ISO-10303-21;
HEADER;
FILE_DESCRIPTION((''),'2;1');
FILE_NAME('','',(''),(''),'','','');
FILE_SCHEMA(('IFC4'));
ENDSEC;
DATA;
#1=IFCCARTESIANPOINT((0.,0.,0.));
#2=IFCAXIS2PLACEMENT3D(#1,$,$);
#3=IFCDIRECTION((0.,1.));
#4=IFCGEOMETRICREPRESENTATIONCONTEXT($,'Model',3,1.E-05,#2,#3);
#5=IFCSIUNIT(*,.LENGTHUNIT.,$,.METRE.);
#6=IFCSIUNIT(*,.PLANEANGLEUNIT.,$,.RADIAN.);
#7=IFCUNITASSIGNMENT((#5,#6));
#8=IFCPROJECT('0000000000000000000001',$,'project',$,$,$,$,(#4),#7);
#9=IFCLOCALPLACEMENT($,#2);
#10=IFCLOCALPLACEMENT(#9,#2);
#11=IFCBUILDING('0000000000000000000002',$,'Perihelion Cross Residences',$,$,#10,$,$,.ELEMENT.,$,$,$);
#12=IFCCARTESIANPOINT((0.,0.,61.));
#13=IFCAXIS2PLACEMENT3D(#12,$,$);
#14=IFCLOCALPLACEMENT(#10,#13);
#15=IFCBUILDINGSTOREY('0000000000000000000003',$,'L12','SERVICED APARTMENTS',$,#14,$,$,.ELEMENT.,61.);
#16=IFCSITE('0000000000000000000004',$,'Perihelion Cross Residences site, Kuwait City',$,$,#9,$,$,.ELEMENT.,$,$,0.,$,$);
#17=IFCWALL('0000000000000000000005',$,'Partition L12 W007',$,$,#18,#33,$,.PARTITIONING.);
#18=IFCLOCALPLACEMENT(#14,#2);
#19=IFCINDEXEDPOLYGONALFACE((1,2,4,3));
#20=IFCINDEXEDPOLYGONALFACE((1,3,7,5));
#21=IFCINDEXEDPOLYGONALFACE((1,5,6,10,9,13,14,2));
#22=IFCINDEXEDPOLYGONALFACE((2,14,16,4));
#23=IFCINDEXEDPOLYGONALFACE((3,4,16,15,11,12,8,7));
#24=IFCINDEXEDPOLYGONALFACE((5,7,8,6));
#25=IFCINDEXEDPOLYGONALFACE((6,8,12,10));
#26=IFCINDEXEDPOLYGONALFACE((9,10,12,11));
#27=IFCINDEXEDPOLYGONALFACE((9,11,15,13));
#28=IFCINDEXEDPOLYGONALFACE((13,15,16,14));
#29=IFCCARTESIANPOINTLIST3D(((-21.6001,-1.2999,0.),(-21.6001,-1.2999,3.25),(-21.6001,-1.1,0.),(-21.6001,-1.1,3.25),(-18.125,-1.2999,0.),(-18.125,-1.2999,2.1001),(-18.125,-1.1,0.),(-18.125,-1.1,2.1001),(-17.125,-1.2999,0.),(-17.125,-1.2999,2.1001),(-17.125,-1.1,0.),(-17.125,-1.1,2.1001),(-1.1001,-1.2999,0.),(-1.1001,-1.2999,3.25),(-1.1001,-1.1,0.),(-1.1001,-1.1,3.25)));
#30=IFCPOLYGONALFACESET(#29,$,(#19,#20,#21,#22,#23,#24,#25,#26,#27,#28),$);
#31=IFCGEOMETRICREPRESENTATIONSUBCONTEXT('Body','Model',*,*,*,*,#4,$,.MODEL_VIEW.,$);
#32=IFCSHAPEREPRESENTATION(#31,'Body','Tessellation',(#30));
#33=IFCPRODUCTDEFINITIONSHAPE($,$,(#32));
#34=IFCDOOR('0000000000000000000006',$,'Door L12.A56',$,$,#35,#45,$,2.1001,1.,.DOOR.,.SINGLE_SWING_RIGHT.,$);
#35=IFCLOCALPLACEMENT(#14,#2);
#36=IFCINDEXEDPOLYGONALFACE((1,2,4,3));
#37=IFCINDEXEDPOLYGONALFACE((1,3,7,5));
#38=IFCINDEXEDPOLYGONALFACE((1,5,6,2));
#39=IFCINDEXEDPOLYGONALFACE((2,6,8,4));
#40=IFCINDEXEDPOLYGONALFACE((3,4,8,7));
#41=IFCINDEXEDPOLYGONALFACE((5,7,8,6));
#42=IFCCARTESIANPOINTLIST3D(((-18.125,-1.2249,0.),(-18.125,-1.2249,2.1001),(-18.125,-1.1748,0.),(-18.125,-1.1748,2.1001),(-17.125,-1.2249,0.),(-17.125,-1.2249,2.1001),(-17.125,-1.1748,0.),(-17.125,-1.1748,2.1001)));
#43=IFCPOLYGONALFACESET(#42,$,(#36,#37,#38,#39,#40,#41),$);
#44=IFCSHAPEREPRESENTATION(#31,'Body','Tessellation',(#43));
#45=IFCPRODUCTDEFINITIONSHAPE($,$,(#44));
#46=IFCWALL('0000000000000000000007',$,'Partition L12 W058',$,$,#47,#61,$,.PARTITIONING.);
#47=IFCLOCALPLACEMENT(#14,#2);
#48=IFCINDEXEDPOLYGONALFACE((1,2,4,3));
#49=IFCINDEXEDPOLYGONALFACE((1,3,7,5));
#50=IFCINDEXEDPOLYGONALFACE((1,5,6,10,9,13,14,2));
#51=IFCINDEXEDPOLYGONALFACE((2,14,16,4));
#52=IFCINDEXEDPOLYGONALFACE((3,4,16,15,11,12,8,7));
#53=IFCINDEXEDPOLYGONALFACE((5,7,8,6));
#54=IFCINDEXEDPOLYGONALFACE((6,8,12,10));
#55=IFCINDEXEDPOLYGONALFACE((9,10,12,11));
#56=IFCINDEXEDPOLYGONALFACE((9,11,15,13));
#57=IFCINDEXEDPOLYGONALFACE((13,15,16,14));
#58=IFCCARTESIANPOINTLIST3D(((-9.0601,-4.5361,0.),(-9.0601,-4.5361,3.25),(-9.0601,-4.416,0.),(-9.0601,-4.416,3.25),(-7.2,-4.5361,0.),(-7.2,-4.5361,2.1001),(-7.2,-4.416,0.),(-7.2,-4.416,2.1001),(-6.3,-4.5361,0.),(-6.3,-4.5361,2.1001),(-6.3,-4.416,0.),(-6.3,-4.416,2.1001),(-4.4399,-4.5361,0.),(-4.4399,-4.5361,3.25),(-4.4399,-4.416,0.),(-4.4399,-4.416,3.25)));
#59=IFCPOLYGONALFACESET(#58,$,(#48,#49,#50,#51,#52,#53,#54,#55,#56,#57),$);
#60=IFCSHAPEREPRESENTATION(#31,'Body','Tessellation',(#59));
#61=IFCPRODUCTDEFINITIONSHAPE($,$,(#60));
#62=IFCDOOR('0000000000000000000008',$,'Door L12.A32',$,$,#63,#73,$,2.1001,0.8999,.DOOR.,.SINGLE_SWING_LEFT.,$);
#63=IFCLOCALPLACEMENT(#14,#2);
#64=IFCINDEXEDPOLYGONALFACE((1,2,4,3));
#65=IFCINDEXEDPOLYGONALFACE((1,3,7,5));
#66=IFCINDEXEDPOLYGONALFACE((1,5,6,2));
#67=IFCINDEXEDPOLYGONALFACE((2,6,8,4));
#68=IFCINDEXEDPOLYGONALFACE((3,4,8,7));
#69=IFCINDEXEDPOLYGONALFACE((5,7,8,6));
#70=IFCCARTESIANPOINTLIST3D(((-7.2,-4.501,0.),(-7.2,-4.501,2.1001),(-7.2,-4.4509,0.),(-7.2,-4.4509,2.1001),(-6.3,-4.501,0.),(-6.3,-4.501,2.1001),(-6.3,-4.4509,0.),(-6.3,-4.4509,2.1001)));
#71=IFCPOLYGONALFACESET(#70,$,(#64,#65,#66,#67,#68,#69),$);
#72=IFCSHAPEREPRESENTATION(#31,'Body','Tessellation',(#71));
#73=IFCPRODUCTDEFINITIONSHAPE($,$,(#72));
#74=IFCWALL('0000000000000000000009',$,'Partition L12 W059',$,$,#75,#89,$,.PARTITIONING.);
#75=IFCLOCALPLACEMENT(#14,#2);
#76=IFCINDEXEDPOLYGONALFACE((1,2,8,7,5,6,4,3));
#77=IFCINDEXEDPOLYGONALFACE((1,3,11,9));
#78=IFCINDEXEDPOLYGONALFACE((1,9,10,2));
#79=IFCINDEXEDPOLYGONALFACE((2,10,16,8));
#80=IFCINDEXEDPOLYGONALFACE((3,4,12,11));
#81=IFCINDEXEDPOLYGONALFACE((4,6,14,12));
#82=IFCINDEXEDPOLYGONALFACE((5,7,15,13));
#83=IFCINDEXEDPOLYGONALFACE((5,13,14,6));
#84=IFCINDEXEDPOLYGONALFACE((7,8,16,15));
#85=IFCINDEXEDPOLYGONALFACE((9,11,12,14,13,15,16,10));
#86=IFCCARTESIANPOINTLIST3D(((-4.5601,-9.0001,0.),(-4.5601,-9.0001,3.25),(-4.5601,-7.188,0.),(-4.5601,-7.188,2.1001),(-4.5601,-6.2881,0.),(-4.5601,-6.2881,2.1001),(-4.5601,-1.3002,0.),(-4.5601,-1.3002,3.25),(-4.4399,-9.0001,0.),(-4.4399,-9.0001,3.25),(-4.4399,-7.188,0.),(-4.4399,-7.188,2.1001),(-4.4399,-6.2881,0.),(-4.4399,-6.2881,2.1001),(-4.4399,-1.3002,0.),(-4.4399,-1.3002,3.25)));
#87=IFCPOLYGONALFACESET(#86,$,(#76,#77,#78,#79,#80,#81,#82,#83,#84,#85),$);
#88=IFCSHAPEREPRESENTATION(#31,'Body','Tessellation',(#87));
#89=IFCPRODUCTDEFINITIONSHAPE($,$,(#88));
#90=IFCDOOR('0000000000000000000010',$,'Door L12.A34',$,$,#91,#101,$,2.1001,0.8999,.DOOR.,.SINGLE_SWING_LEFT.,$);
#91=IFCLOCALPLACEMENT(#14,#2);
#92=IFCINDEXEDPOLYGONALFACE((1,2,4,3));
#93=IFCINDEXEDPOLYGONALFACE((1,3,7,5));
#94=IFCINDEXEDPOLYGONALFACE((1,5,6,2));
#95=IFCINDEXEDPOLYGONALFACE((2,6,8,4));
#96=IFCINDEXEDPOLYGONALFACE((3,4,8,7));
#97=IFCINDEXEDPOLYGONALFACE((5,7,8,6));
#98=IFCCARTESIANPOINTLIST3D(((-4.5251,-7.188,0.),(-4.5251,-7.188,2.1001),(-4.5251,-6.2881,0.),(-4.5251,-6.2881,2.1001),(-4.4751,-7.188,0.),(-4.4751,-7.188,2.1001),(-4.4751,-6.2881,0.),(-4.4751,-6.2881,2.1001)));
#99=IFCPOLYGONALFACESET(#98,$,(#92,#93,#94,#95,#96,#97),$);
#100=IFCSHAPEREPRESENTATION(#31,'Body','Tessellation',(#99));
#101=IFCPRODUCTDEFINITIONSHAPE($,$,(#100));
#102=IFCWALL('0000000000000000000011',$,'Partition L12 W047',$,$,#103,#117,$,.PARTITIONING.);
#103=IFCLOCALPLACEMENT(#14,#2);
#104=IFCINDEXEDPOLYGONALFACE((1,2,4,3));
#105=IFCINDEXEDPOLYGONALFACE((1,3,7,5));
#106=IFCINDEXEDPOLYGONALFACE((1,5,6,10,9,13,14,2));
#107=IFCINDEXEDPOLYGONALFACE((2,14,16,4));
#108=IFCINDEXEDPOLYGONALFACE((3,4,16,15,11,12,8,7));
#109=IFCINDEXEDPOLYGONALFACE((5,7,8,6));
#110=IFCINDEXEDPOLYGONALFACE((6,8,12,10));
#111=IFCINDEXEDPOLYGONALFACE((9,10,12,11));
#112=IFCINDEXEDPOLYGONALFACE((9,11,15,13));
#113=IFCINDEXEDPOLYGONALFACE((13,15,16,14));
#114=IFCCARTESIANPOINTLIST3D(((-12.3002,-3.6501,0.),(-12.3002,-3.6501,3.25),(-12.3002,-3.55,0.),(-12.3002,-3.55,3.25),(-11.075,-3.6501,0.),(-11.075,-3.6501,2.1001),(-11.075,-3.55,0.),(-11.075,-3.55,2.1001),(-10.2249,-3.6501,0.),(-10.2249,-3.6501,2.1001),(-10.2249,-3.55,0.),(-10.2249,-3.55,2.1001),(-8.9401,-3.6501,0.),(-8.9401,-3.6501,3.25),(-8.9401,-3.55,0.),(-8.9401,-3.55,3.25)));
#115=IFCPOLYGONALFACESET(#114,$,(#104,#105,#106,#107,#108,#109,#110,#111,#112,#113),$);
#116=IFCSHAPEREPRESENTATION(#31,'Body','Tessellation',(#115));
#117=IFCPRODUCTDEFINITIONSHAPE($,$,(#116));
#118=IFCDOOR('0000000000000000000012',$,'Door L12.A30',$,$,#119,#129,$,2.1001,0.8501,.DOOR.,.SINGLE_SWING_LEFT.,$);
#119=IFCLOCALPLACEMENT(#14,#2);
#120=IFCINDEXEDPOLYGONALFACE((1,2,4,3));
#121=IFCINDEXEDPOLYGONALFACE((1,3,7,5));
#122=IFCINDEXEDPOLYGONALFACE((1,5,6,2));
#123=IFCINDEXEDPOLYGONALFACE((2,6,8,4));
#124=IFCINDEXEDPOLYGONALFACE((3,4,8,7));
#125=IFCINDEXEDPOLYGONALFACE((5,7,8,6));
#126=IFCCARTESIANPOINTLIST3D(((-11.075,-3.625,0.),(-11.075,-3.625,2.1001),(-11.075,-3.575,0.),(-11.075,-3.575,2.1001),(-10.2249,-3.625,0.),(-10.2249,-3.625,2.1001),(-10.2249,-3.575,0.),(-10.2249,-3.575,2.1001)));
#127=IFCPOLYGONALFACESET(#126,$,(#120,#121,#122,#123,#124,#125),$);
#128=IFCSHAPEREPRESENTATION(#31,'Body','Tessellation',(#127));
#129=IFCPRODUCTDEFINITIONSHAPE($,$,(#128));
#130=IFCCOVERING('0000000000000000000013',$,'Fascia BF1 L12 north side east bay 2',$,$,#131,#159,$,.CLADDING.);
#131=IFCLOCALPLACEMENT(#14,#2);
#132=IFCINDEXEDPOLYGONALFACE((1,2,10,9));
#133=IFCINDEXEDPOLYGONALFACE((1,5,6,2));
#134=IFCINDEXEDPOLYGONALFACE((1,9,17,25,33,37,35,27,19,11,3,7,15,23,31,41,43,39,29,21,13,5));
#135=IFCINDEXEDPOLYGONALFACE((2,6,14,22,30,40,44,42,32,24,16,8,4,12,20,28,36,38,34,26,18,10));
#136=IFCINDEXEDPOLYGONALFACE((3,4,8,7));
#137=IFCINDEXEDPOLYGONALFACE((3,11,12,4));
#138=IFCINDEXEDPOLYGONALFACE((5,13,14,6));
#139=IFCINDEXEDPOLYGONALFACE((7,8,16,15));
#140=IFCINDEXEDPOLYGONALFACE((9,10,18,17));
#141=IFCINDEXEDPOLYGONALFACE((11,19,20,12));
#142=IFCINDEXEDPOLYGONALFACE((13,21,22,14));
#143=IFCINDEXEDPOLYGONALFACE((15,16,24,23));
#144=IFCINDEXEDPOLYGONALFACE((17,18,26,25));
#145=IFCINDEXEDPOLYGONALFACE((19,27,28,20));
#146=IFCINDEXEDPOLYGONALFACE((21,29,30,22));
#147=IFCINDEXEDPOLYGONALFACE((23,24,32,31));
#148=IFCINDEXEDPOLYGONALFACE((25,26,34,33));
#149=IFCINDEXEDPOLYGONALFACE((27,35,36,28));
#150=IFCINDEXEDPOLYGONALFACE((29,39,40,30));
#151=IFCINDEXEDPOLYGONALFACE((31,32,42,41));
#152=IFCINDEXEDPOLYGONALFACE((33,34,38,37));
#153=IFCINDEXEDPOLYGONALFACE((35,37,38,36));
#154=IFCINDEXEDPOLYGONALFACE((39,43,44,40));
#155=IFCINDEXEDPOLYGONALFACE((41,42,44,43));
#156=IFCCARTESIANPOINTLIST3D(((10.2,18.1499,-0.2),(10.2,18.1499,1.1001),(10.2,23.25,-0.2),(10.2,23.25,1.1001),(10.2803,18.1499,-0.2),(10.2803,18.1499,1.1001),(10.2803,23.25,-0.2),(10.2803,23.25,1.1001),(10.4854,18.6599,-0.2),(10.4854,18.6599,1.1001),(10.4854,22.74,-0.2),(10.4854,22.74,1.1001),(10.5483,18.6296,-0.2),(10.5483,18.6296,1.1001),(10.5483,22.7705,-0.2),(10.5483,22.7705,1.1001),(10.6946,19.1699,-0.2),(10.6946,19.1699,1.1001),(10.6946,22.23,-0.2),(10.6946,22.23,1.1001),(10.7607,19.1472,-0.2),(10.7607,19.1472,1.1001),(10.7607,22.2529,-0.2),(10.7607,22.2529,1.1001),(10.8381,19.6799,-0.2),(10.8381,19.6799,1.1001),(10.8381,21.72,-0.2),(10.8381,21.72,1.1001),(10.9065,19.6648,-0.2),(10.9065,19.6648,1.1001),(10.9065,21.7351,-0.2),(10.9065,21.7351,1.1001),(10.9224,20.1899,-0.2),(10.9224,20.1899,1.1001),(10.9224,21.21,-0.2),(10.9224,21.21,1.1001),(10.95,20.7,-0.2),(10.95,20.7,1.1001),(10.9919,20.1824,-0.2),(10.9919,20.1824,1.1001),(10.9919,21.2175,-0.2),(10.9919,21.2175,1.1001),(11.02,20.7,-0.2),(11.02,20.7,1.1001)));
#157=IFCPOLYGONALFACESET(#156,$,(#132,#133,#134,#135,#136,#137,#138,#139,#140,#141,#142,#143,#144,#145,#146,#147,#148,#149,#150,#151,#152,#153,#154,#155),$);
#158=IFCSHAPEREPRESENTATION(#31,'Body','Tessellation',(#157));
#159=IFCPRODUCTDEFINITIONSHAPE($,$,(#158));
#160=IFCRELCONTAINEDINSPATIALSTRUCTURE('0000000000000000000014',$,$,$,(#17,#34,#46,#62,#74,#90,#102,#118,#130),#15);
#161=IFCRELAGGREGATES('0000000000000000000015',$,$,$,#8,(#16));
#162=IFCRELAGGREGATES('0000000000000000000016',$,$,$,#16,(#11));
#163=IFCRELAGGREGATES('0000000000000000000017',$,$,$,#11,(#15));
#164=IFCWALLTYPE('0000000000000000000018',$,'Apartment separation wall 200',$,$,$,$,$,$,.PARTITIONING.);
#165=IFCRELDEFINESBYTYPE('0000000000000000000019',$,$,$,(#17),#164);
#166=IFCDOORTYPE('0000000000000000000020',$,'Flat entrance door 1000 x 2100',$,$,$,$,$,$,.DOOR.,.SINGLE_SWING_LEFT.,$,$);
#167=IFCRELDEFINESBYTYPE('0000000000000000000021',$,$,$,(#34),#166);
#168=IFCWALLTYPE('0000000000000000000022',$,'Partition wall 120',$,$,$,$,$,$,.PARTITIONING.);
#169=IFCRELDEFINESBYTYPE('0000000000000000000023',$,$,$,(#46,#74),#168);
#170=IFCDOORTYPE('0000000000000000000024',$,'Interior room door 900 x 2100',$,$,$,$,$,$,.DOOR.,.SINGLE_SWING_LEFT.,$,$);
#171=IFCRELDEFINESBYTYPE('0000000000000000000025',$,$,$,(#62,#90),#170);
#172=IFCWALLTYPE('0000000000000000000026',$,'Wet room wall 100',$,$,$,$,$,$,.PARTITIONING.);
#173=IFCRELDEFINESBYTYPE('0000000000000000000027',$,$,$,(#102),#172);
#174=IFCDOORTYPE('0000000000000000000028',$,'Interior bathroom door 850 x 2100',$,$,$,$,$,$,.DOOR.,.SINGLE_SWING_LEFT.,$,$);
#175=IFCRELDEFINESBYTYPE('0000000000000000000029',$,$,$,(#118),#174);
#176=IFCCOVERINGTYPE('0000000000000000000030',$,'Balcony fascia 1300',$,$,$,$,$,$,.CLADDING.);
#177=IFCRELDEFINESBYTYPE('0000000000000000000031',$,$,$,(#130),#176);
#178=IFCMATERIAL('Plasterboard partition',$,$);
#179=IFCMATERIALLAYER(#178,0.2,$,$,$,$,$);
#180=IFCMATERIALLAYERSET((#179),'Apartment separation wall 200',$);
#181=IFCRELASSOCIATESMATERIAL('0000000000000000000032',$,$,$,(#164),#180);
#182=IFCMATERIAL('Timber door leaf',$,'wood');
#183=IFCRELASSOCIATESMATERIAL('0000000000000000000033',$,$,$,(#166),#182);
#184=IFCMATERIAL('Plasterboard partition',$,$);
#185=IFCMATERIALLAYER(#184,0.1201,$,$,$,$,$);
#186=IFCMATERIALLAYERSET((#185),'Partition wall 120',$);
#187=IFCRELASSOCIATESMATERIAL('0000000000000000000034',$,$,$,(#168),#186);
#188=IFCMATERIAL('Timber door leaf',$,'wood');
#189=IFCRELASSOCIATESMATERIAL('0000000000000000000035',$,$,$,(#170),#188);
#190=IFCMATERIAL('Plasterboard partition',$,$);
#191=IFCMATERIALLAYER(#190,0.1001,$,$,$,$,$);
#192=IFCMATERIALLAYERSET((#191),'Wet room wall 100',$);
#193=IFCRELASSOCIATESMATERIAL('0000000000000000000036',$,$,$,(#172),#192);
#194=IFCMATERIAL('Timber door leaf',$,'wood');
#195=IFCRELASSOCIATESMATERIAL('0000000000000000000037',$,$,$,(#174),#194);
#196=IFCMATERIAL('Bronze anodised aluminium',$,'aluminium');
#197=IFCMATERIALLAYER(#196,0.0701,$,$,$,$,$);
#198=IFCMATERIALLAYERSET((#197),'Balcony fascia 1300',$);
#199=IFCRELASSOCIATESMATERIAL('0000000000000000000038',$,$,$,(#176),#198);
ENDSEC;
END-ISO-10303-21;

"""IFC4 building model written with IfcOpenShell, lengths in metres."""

from ifc_helpers import new_model, si_unit, direction, frame, frame_2d, origin, place, context, subcontext, project, spatial, polyline, rectangle, outline, extrude, material, layer, layer_set, type_object, element, fill, save


model = new_model("IFC4")

# Units and contexts
model_context = context("Model", 3, precision=1e-05, world=origin(), true_north=direction((0.0, 1.0)))
body_context = subcontext(model_context, "Body", "Model", "MODEL_VIEW")
ifc_project = project(units=[si_unit("LENGTHUNIT", "METRE"), si_unit("PLANEANGLEUNIT", "RADIAN")], contexts=[model_context])

# Site, building, storey
site_placement = place(None, origin())
site = spatial("IfcSite", under=ifc_project, at=site_placement, Name="Perihelion Cross Residences site, Kuwait City", CompositionType="ELEMENT", RefElevation=0.0)
building_placement = place(site_placement, origin())
building = spatial("IfcBuilding", under=site, at=building_placement, Name="Perihelion Cross Residences", CompositionType="ELEMENT")
storey_placement = place(building_placement, frame((0.0, 0.0, 61.0)))
storey = spatial("IfcBuildingStorey", under=building, at=storey_placement, Name="L12", Description="SERVICED APARTMENTS", CompositionType="ELEMENT", Elevation=61.0)

# Walls, openings, doors
ifc_material_1 = material(Name="Plasterboard partition")
ifc_layer_1 = layer(ifc_material_1, 0.2)
ifc_layer_set_1 = layer_set([ifc_layer_1], Name="Apartment separation wall 200")
wall_type_1 = type_object("IfcWallType", Name="Apartment separation wall 200", PredefinedType="PARTITIONING", material=ifc_layer_set_1)
wall_1_placement = place(storey_placement, frame((-1.1001, -1.2, 0.0), z_axis=(0.0, 0.0, 1.0), x_axis=(-1.0, 0.0, 0.0)))
wall_1 = element("IfcWall", 1, at=wall_1_placement, inside=storey, type_object=wall_type_1, Name="Partition L12 W007", PredefinedType="PARTITIONING", context=body_context, shape_type="SweptSolid", body=[
    extrude(rectangle(XDim=20.5, YDim=0.2, at=frame_2d((10.25, 0.0))), origin(), (0.0, 0.0, 1.0), 3.25),
])
opening_1_placement = place(wall_1_placement, frame((16.0249, 0.0, 0.0)))
opening_1 = element("IfcOpeningElement", 2, at=opening_1_placement, cuts=wall_1, PredefinedType="OPENING", context=body_context, shape_type="SweptSolid", body=[
    extrude(rectangle(XDim=1.0, YDim=2.1001, at=frame_2d((0.5, 1.05))), frame((0.0, 0.1099, 0.0), z_axis=(0.0, -1.0, 0.0), x_axis=(1.0, 0.0, 0.0)), (0.0, 0.0, 1.0), 0.22),
])
ifc_material_2 = material(Name="Timber door leaf", Category="wood")
door_type_1 = type_object("IfcDoorType", Name="Flat entrance door 1000 x 2100", OperationType="SINGLE_SWING_LEFT", PredefinedType="DOOR", material=ifc_material_2)
door_1_placement = place(opening_1_placement, origin())
door_1 = element("IfcDoor", 3, at=door_1_placement, inside=storey, type_object=door_type_1, Name="Door L12.A56", OperationType="SINGLE_SWING_RIGHT", OverallHeight=2.1001, OverallWidth=1.0, PredefinedType="DOOR", context=body_context, shape_type="SweptSolid", body=[
    extrude(rectangle(XDim=1.0, YDim=2.1001, at=frame_2d((0.5, 1.05))), frame((0.0, 0.0249, 0.0), z_axis=(0.0, -1.0, 0.0), x_axis=(1.0, 0.0, 0.0)), (0.0, 0.0, 1.0), 0.05),
])
fill(opening_1, door_1)
ifc_material_3 = material(Name="Plasterboard partition")
ifc_layer_2 = layer(ifc_material_3, 0.1201)
ifc_layer_set_2 = layer_set([ifc_layer_2], Name="Partition wall 120")
wall_type_2 = type_object("IfcWallType", Name="Partition wall 120", PredefinedType="PARTITIONING", material=ifc_layer_set_2)
wall_2_placement = place(storey_placement, frame((-4.4399, -4.4761, 0.0), z_axis=(0.0, 0.0, 1.0), x_axis=(-1.0, 0.0, 0.0)))
wall_2 = element("IfcWall", 4, at=wall_2_placement, inside=storey, type_object=wall_type_2, Name="Partition L12 W058", PredefinedType="PARTITIONING", context=body_context, shape_type="SweptSolid", body=[
    extrude(rectangle(XDim=4.6201, YDim=0.1201, at=frame_2d((2.3101, 0.0))), origin(), (0.0, 0.0, 1.0), 3.25),
])
opening_2_placement = place(wall_2_placement, frame((1.8601, 0.0, 0.0)))
opening_2 = element("IfcOpeningElement", 5, at=opening_2_placement, cuts=wall_2, PredefinedType="OPENING", context=body_context, shape_type="SweptSolid", body=[
    extrude(rectangle(XDim=0.8999, YDim=2.1001, at=frame_2d((0.45, 1.05))), frame((0.0, 0.0701, 0.0), z_axis=(0.0, -1.0, 0.0), x_axis=(1.0, 0.0, 0.0)), (0.0, 0.0, 1.0), 0.1401),
])
ifc_material_4 = material(Name="Timber door leaf", Category="wood")
door_type_2 = type_object("IfcDoorType", Name="Interior room door 900 x 2100", OperationType="SINGLE_SWING_LEFT", PredefinedType="DOOR", material=ifc_material_4)
door_2_placement = place(opening_2_placement, origin())
door_2 = element("IfcDoor", 6, at=door_2_placement, inside=storey, type_object=door_type_2, Name="Door L12.A32", OperationType="SINGLE_SWING_LEFT", OverallHeight=2.1001, OverallWidth=0.8999, PredefinedType="DOOR", context=body_context, shape_type="SweptSolid", body=[
    extrude(rectangle(XDim=0.8999, YDim=2.1001, at=frame_2d((0.45, 1.05))), frame((0.0, 0.0249, 0.0), z_axis=(0.0, -1.0, 0.0), x_axis=(1.0, 0.0, 0.0)), (0.0, 0.0, 1.0), 0.05),
])
fill(opening_2, door_2)
wall_3_placement = place(storey_placement, frame((-4.5, -1.3, 0.0), z_axis=(0.0, 0.0, 1.0), x_axis=(0.0, -1.0, 0.0)))
wall_3 = element("IfcWall", 7, at=wall_3_placement, inside=storey, type_object=wall_type_2, Name="Partition L12 W059", PredefinedType="PARTITIONING", context=body_context, shape_type="SweptSolid", body=[
    extrude(rectangle(XDim=7.7, YDim=0.1201, at=frame_2d((3.8501, 0.0))), origin(), (0.0, 0.0, 1.0), 3.25),
])
opening_3_placement = place(wall_3_placement, frame((4.988, 0.0, 0.0)))
opening_3 = element("IfcOpeningElement", 8, at=opening_3_placement, cuts=wall_3, PredefinedType="OPENING", context=body_context, shape_type="SweptSolid", body=[
    extrude(rectangle(XDim=0.8999, YDim=2.1001, at=frame_2d((0.45, 1.05))), frame((0.0, 0.0701, 0.0), z_axis=(0.0, -1.0, 0.0), x_axis=(1.0, 0.0, 0.0)), (0.0, 0.0, 1.0), 0.1401),
])
door_3_placement = place(opening_3_placement, origin())
door_3 = element("IfcDoor", 9, at=door_3_placement, inside=storey, type_object=door_type_2, Name="Door L12.A34", OperationType="SINGLE_SWING_LEFT", OverallHeight=2.1001, OverallWidth=0.8999, PredefinedType="DOOR", context=body_context, shape_type="SweptSolid", body=[
    extrude(rectangle(XDim=0.8999, YDim=2.1001, at=frame_2d((0.45, 1.05))), frame((0.0, 0.0249, 0.0), z_axis=(0.0, -1.0, 0.0), x_axis=(1.0, 0.0, 0.0)), (0.0, 0.0, 1.0), 0.05),
])
fill(opening_3, door_3)
ifc_material_5 = material(Name="Plasterboard partition")
ifc_layer_3 = layer(ifc_material_5, 0.1001)
ifc_layer_set_3 = layer_set([ifc_layer_3], Name="Wet room wall 100")
wall_type_3 = type_object("IfcWallType", Name="Wet room wall 100", PredefinedType="PARTITIONING", material=ifc_layer_set_3)
wall_4_placement = place(storey_placement, frame((-8.9399, -3.6001, 0.0), z_axis=(0.0, 0.0, 1.0), x_axis=(-1.0, 0.0, 0.0)))
wall_4 = element("IfcWall", 10, at=wall_4_placement, inside=storey, type_object=wall_type_3, Name="Partition L12 W047", PredefinedType="PARTITIONING", context=body_context, shape_type="SweptSolid", body=[
    extrude(rectangle(XDim=3.3601, YDim=0.1001, at=frame_2d((1.6802, 0.0))), origin(), (0.0, 0.0, 1.0), 3.25),
])
opening_4_placement = place(wall_4_placement, frame((1.2849, 0.0, 0.0)))
opening_4 = element("IfcOpeningElement", 11, at=opening_4_placement, cuts=wall_4, PredefinedType="OPENING", context=body_context, shape_type="SweptSolid", body=[
    extrude(rectangle(XDim=0.8501, YDim=2.1001, at=frame_2d((0.425, 1.05))), frame((0.0, 0.0601, 0.0), z_axis=(0.0, -1.0, 0.0), x_axis=(1.0, 0.0, 0.0)), (0.0, 0.0, 1.0), 0.1201),
])
ifc_material_6 = material(Name="Timber door leaf", Category="wood")
door_type_3 = type_object("IfcDoorType", Name="Interior bathroom door 850 x 2100", OperationType="SINGLE_SWING_LEFT", PredefinedType="DOOR", material=ifc_material_6)
door_4_placement = place(opening_4_placement, origin())
door_4 = element("IfcDoor", 12, at=door_4_placement, inside=storey, type_object=door_type_3, Name="Door L12.A30", OperationType="SINGLE_SWING_LEFT", OverallHeight=2.1001, OverallWidth=0.8501, PredefinedType="DOOR", context=body_context, shape_type="SweptSolid", body=[
    extrude(rectangle(XDim=0.8501, YDim=2.1001, at=frame_2d((0.425, 1.05))), frame((0.0, 0.0249, 0.0), z_axis=(0.0, -1.0, 0.0), x_axis=(1.0, 0.0, 0.0)), (0.0, 0.0, 1.0), 0.05),
])
fill(opening_4, door_4)

# Covering
ifc_material_7 = material(Name="Bronze anodised aluminium", Category="aluminium")
ifc_layer_4 = layer(ifc_material_7, 0.0701)
ifc_layer_set_4 = layer_set([ifc_layer_4], Name="Balcony fascia 1300")
covering_type = type_object("IfcCoveringType", Name="Balcony fascia 1300", PredefinedType="CLADDING", material=ifc_layer_set_4)
covering_1_placement = place(storey_placement, frame((0.0, 0.0, -0.2)))
element("IfcCovering", 13, at=covering_1_placement, inside=storey, type_object=covering_type, Name="Fascia BF1 L12 north side east bay 2", PredefinedType="CLADDING", context=body_context, shape_type="SweptSolid", body=[
    extrude(outline(polyline([(10.5483, 18.6296), (10.7607, 19.1472), (10.9065, 19.6648), (10.9919, 20.1824), (11.02, 20.7), (10.9919, 21.2175), (10.9065, 21.7351), (10.7607, 22.2529), (10.5483, 22.7705), (10.2803, 23.25), (10.2, 23.25), (10.4854, 22.74), (10.6946, 22.23), (10.8381, 21.72), (10.9224, 21.21), (10.95, 20.7), (10.9224, 20.1899), (10.8381, 19.6799), (10.6946, 19.1699), (10.4854, 18.6599), (10.2, 18.1499), (10.2803, 18.1499), (10.5483, 18.6296)])), origin(), (0.0, 0.0, 1.0), 1.3),
])

save(model, "model.ifc")
